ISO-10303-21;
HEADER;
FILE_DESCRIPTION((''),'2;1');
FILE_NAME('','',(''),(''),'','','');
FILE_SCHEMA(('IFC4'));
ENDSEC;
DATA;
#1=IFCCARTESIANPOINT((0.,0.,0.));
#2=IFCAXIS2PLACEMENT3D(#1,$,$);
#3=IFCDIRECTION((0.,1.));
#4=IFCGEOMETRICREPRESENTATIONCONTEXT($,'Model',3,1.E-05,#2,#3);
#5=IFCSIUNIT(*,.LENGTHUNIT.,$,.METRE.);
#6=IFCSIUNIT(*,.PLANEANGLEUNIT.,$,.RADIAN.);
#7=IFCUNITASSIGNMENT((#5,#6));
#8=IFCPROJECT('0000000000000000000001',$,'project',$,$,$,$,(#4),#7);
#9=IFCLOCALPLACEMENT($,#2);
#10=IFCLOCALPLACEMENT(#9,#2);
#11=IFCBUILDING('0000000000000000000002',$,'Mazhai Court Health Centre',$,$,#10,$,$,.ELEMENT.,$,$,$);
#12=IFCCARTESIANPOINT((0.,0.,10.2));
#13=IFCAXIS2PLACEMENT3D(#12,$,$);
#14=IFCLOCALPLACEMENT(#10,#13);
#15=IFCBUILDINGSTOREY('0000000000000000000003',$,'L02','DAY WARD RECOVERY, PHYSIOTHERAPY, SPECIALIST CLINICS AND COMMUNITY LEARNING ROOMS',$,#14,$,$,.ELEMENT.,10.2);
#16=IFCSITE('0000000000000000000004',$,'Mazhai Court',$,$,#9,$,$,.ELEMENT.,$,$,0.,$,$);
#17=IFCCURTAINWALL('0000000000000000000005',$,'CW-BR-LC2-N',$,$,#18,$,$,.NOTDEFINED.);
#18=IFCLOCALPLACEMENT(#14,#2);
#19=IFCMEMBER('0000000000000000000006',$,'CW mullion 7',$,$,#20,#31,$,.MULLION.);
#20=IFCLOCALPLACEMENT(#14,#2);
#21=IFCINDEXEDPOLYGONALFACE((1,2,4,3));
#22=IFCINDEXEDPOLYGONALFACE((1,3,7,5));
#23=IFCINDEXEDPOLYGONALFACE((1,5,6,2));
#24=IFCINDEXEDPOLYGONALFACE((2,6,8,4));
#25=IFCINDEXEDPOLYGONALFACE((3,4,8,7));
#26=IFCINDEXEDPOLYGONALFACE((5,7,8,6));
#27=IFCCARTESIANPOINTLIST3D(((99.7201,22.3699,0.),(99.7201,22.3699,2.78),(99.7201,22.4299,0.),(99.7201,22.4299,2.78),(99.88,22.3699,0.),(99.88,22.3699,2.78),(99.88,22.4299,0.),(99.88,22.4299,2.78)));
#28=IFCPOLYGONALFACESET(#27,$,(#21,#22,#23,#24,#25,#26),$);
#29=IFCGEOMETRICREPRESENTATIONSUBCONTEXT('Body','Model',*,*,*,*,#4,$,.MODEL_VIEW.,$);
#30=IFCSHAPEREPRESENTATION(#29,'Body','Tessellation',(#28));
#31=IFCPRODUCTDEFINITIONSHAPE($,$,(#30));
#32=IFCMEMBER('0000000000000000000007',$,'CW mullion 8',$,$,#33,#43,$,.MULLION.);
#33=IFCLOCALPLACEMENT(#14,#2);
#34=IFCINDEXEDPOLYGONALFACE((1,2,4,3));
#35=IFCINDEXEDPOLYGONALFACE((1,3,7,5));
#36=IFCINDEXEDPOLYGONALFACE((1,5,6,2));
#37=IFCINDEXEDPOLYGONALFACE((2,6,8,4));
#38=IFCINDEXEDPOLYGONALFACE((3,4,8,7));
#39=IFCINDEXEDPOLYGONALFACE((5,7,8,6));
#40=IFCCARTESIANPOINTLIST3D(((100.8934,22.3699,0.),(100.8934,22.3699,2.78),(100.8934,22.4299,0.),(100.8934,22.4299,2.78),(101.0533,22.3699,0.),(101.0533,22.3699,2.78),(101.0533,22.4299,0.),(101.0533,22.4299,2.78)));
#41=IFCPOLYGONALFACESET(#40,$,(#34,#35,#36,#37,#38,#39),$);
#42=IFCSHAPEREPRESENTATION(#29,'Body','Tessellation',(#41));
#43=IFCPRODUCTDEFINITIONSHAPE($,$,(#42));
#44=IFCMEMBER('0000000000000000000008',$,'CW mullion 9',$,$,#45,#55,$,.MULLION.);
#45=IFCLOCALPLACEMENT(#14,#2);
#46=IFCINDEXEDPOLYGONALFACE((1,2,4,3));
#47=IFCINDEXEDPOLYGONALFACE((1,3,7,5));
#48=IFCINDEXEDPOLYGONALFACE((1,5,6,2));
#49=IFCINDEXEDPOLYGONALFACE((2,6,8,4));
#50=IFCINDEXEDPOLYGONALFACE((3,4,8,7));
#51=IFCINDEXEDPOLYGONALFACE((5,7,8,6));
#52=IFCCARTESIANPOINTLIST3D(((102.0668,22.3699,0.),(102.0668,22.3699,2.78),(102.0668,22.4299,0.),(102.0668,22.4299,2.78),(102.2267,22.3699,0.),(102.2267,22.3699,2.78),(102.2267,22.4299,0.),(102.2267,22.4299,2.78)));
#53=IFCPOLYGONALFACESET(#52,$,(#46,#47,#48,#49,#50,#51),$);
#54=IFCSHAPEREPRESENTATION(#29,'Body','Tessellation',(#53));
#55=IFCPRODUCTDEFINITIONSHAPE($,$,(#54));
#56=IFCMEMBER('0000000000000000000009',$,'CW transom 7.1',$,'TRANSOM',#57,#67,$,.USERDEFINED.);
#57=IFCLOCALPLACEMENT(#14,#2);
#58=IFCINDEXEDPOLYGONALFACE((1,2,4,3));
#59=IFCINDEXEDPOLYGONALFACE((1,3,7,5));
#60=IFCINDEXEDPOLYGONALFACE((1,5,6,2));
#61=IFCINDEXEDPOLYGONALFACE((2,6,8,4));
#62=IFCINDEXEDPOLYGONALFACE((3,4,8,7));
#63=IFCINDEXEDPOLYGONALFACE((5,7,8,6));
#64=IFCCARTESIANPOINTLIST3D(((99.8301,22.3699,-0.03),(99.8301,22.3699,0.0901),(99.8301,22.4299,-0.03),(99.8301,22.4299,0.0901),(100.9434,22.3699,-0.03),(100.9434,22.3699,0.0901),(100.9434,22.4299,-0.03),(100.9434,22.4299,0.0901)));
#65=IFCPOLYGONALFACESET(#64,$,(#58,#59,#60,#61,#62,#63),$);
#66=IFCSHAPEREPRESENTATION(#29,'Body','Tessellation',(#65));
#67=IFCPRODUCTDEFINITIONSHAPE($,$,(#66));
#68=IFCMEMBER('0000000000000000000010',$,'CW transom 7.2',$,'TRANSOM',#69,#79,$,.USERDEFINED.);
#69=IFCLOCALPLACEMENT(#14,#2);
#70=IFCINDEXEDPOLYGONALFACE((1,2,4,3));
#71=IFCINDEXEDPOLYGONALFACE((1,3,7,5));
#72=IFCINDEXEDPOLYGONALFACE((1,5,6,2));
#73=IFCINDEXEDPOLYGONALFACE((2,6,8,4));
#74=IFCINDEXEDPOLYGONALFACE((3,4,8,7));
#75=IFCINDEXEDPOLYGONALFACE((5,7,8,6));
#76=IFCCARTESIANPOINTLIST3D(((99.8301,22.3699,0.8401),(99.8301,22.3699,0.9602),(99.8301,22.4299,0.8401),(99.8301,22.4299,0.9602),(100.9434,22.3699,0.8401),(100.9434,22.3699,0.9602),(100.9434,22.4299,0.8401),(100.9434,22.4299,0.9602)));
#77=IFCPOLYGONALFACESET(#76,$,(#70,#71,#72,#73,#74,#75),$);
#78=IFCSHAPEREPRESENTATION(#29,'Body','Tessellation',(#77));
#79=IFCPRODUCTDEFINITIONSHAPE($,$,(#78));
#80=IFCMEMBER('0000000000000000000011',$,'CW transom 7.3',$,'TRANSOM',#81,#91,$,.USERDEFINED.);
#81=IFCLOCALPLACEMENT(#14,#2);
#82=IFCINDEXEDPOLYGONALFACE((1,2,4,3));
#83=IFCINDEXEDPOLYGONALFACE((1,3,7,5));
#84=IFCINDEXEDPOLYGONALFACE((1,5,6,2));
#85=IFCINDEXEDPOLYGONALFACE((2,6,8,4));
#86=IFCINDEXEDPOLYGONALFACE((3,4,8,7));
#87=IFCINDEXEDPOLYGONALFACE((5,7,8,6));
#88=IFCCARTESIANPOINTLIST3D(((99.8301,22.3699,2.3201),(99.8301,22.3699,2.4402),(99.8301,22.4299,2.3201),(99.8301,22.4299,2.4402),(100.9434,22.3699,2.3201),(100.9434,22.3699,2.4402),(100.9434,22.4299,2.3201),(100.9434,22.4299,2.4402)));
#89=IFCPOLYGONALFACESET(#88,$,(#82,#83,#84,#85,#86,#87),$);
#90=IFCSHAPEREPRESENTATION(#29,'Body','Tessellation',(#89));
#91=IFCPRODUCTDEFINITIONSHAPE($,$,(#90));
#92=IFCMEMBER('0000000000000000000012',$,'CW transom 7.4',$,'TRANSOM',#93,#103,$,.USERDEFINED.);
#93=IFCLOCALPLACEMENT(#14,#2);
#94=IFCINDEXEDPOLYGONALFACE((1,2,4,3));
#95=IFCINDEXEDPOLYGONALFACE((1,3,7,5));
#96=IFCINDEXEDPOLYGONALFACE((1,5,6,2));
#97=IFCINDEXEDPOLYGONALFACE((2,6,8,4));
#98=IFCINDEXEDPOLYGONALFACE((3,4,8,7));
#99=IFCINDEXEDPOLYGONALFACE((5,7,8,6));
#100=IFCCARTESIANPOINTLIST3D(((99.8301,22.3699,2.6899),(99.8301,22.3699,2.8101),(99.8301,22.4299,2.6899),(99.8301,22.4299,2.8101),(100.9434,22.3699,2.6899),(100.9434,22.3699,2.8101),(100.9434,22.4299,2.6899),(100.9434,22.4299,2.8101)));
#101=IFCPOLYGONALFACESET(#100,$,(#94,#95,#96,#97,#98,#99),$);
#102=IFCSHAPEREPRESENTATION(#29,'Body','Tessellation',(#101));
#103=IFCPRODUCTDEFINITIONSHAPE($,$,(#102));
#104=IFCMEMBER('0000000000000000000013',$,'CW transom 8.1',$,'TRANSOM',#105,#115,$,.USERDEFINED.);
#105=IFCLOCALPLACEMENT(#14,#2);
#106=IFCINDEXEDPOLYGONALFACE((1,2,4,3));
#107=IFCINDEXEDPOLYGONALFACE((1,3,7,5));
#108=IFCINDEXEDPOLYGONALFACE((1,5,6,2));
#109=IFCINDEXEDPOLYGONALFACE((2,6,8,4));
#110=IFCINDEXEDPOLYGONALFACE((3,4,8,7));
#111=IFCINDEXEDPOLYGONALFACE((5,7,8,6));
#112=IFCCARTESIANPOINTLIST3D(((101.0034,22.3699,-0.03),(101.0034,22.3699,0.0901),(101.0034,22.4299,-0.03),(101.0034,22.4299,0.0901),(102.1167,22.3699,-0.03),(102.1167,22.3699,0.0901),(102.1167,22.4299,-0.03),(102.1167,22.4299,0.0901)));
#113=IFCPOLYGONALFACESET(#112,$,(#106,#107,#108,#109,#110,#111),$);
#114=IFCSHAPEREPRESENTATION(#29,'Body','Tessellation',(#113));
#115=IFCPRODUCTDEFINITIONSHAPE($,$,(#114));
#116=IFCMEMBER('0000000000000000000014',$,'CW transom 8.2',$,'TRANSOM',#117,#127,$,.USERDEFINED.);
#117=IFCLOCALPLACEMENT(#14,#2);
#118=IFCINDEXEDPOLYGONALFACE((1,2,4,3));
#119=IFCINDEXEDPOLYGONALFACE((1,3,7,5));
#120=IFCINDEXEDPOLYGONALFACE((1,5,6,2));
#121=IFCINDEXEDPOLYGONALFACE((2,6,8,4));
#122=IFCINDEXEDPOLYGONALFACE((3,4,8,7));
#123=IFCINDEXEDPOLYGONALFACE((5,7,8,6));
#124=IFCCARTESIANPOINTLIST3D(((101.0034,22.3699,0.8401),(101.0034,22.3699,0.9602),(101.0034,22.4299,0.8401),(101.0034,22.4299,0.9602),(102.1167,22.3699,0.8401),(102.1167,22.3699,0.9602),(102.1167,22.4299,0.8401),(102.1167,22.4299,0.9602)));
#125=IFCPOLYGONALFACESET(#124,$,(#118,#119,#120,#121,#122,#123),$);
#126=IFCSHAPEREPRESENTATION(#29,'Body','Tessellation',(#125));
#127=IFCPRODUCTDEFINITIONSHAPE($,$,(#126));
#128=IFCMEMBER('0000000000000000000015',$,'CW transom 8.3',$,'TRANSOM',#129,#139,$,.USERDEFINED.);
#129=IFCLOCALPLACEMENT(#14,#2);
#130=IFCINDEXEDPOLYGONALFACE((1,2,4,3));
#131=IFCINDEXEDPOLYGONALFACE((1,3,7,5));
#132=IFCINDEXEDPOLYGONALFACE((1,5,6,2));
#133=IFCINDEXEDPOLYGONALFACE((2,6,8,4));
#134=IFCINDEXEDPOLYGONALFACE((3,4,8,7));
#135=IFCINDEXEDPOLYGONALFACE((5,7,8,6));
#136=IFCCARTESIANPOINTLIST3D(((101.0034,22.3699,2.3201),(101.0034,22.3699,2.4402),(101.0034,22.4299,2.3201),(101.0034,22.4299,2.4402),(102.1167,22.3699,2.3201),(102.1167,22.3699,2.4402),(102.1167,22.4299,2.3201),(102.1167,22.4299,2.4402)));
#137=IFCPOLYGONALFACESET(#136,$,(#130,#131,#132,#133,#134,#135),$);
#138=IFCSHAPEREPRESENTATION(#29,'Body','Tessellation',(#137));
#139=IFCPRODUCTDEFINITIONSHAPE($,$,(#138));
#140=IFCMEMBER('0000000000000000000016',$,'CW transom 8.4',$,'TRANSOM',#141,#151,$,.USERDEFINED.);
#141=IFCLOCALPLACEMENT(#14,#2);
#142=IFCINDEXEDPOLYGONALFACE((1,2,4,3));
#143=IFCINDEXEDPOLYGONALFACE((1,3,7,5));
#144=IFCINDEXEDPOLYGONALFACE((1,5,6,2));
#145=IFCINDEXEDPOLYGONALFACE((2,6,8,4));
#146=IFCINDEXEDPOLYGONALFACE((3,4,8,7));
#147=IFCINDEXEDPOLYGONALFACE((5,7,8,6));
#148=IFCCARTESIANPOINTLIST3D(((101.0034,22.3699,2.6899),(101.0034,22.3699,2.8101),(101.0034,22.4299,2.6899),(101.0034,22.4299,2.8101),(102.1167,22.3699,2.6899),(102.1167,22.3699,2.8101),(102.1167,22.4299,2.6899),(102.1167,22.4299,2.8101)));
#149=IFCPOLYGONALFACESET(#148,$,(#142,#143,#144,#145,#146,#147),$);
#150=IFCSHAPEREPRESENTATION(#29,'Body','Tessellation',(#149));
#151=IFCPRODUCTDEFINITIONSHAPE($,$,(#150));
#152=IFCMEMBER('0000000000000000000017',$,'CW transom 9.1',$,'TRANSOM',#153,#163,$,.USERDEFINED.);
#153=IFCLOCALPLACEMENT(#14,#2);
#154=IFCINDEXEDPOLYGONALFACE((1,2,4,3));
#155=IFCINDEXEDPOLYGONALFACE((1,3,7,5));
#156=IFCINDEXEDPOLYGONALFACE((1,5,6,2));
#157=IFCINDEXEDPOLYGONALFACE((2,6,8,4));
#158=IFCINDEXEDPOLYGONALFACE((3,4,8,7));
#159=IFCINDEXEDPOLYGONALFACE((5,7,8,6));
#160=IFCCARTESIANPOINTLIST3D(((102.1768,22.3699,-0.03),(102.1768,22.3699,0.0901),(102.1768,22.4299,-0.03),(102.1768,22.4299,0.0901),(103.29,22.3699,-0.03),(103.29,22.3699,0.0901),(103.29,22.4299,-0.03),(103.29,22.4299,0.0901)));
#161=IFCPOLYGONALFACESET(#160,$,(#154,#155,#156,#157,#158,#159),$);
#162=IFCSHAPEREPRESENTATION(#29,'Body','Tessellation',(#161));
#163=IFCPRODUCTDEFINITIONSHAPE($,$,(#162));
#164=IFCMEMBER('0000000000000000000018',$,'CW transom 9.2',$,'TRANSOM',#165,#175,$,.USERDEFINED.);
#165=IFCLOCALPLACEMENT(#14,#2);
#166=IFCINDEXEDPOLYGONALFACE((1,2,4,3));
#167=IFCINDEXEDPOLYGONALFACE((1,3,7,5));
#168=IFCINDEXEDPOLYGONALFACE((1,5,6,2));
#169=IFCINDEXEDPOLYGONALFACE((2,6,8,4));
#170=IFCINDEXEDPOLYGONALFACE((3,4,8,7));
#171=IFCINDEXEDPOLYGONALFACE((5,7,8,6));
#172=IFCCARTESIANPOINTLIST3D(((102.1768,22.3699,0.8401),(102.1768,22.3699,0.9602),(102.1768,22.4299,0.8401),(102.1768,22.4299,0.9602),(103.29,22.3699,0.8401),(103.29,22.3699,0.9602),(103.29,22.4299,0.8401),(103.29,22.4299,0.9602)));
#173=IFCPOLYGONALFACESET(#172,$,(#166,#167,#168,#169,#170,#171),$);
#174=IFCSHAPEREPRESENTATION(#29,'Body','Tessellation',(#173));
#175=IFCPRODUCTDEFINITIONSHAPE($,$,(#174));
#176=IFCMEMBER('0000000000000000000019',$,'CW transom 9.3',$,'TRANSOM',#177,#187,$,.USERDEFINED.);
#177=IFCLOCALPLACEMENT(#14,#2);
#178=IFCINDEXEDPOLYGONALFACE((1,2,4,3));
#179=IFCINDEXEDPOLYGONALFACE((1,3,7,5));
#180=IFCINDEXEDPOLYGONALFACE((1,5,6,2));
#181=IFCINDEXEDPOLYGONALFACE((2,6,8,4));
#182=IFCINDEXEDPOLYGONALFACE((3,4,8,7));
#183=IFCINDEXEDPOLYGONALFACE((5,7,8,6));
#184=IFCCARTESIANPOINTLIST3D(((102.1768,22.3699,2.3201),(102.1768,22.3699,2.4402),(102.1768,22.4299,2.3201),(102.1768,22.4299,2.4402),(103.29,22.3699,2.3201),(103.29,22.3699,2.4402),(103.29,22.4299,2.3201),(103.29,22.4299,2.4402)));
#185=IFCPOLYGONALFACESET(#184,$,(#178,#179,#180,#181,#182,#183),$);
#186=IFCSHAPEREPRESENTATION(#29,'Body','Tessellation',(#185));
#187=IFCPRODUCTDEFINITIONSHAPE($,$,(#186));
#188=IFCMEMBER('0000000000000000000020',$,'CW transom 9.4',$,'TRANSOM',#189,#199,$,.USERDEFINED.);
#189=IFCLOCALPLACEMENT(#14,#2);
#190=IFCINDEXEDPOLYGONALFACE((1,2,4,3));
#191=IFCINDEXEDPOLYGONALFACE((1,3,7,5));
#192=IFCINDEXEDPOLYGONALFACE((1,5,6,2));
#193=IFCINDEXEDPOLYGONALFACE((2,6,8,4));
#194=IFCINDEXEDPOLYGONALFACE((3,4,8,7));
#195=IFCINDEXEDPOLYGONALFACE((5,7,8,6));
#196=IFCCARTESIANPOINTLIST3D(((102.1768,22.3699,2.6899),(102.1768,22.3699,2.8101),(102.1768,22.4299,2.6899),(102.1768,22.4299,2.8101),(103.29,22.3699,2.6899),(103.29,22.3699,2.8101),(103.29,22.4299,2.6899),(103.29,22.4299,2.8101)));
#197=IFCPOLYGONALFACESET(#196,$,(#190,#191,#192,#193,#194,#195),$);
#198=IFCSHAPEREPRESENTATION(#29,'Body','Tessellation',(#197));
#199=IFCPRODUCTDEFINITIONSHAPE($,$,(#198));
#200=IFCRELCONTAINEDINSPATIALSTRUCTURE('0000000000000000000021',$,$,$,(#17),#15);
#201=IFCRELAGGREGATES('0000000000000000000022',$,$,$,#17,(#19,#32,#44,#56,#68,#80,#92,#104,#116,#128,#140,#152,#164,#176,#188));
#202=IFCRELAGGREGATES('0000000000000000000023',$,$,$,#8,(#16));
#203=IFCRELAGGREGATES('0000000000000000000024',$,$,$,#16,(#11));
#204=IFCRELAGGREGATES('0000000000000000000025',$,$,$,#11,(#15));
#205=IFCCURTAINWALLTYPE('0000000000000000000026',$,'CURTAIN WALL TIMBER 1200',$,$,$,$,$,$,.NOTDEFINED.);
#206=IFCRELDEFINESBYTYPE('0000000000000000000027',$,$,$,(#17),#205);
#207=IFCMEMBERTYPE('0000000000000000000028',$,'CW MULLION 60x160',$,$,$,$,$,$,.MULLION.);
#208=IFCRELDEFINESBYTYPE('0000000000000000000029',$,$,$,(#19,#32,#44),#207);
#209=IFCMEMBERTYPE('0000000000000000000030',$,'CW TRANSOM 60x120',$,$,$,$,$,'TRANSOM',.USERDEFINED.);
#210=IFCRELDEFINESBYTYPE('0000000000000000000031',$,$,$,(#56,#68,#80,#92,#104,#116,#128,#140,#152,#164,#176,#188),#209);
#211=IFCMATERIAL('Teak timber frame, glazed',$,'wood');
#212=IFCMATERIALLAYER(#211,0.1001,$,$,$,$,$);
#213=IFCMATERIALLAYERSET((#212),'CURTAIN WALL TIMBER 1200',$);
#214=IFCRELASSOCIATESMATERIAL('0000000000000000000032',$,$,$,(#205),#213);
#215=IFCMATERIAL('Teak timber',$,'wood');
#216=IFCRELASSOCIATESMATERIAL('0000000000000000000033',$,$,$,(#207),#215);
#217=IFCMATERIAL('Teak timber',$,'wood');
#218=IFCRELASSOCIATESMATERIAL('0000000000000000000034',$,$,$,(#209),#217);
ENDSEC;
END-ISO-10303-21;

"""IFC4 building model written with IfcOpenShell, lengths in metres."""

from ifc_helpers import new_model, si_unit, direction, frame, origin, origin_2d, place, context, subcontext, project, spatial, rectangle, extrude, material, layer, layer_set, material_profile, profile_set, type_object, element, aggregate, save


model = new_model("IFC4")

# Units and contexts
model_context = context("Model", 3, precision=1e-05, world=origin(), true_north=direction((0.0, 1.0)))
body_context = subcontext(model_context, "Body", "Model", "MODEL_VIEW")
ifc_project = project(units=[si_unit("LENGTHUNIT", "METRE"), si_unit("PLANEANGLEUNIT", "RADIAN")], contexts=[model_context])

# Site, building, storey
site_placement = place(None, origin())
site = spatial("IfcSite", under=ifc_project, at=site_placement, Name="Mazhai Court", CompositionType="ELEMENT", RefElevation=0.0)
building_placement = place(site_placement, origin())
building = spatial("IfcBuilding", under=site, at=building_placement, Name="Mazhai Court Health Centre", CompositionType="ELEMENT")
storey_placement = place(building_placement, frame((0.0, 0.0, 10.2)))
storey = spatial("IfcBuildingStorey", under=building, at=storey_placement, Name="L02", Description="DAY WARD RECOVERY, PHYSIOTHERAPY, SPECIALIST CLINICS AND COMMUNITY LEARNING ROOMS", CompositionType="ELEMENT", Elevation=10.2)

# Curtain wall, members
ifc_material_1 = material(Name="Teak timber frame, glazed", Category="wood")
ifc_layer_1 = layer(ifc_material_1, 0.1001)
ifc_layer_set_1 = layer_set([ifc_layer_1], Name="CURTAIN WALL TIMBER 1200")
curtain_wall_type = type_object("IfcCurtainWallType", Name="CURTAIN WALL TIMBER 1200", PredefinedType="NOTDEFINED", material=ifc_layer_set_1)
curtain_wall_placement = place(storey_placement, origin())
curtain_wall = element("IfcCurtainWall", 1, at=curtain_wall_placement, inside=storey, type_object=curtain_wall_type, Name="CW-BR-LC2-N", PredefinedType="NOTDEFINED")
ifc_material_2 = material(Name="Teak timber", Category="wood")
ifc_material_profile_1 = material_profile(ifc_material_2, rectangle(XDim=0.0601, YDim=0.1599, at=origin_2d()), Name="CW MULLION 60x160")
ifc_profile_set_1 = profile_set([ifc_material_profile_1], Name="Teak timber")
member_type_1 = type_object("IfcMemberType", Name="CW MULLION 60x160", PredefinedType="MULLION", material=ifc_profile_set_1)
member_1_placement = place(storey_placement, frame((99.8, 22.3999, 0.0), z_axis=(0.0, 0.0, 1.0), x_axis=(0.0, 1.0, 0.0)))
member_1 = element("IfcMember", 2, at=member_1_placement, type_object=member_type_1, Name="CW mullion 7", PredefinedType="MULLION", context=body_context, shape_type="SweptSolid", body=[
    extrude(rectangle(XDim=0.0601, YDim=0.1599, at=origin_2d()), origin(), (0.0, 0.0, 1.0), 2.78),
])
member_2_placement = place(storey_placement, frame((100.9734, 22.3999, 0.0), z_axis=(0.0, 0.0, 1.0), x_axis=(0.0, 1.0, 0.0)))
member_2 = element("IfcMember", 3, at=member_2_placement, type_object=member_type_1, Name="CW mullion 8", PredefinedType="MULLION", context=body_context, shape_type="SweptSolid", body=[
    extrude(rectangle(XDim=0.0601, YDim=0.1599, at=origin_2d()), origin(), (0.0, 0.0, 1.0), 2.78),
])
member_3_placement = place(storey_placement, frame((102.1467, 22.3999, 0.0), z_axis=(0.0, 0.0, 1.0), x_axis=(0.0, 1.0, 0.0)))
member_3 = element("IfcMember", 4, at=member_3_placement, type_object=member_type_1, Name="CW mullion 9", PredefinedType="MULLION", context=body_context, shape_type="SweptSolid", body=[
    extrude(rectangle(XDim=0.0601, YDim=0.1599, at=origin_2d()), origin(), (0.0, 0.0, 1.0), 2.78),
])
ifc_material_3 = material(Name="Teak timber", Category="wood")
ifc_material_profile_2 = material_profile(ifc_material_3, rectangle(XDim=0.0601, YDim=0.1201, at=origin_2d()), Name="CW TRANSOM 60x120")
ifc_profile_set_2 = profile_set([ifc_material_profile_2], Name="Teak timber")
member_type_2 = type_object("IfcMemberType", Name="CW TRANSOM 60x120", ElementType="TRANSOM", PredefinedType="USERDEFINED", material=ifc_profile_set_2)
member_4_placement = place(storey_placement, frame((99.8301, 22.3999, 0.03), z_axis=(1.0, 0.0, 0.0), x_axis=(0.0, 1.0, 0.0)))
member_4 = element("IfcMember", 5, at=member_4_placement, type_object=member_type_2, Name="CW transom 7.1", ObjectType="TRANSOM", PredefinedType="USERDEFINED", context=body_context, shape_type="SweptSolid", body=[
    extrude(rectangle(XDim=0.0601, YDim=0.1201, at=origin_2d()), origin(), (0.0, 0.0, 1.0), 1.1133),
])
member_5_placement = place(storey_placement, frame((99.8301, 22.3999, 0.9001), z_axis=(1.0, 0.0, 0.0), x_axis=(0.0, 1.0, 0.0)))
member_5 = element("IfcMember", 6, at=member_5_placement, type_object=member_type_2, Name="CW transom 7.2", ObjectType="TRANSOM", PredefinedType="USERDEFINED", context=body_context, shape_type="SweptSolid", body=[
    extrude(rectangle(XDim=0.0601, YDim=0.1201, at=origin_2d()), origin(), (0.0, 0.0, 1.0), 1.1133),
])
member_6_placement = place(storey_placement, frame((99.8301, 22.3999, 2.3801), z_axis=(1.0, 0.0, 0.0), x_axis=(0.0, 1.0, 0.0)))
member_6 = element("IfcMember", 7, at=member_6_placement, type_object=member_type_2, Name="CW transom 7.3", ObjectType="TRANSOM", PredefinedType="USERDEFINED", context=body_context, shape_type="SweptSolid", body=[
    extrude(rectangle(XDim=0.0601, YDim=0.1201, at=origin_2d()), origin(), (0.0, 0.0, 1.0), 1.1133),
])
member_7_placement = place(storey_placement, frame((99.8301, 22.3999, 2.75), z_axis=(1.0, 0.0, 0.0), x_axis=(0.0, 1.0, 0.0)))
member_7 = element("IfcMember", 8, at=member_7_placement, type_object=member_type_2, Name="CW transom 7.4", ObjectType="TRANSOM", PredefinedType="USERDEFINED", context=body_context, shape_type="SweptSolid", body=[
    extrude(rectangle(XDim=0.0601, YDim=0.1201, at=origin_2d()), origin(), (0.0, 0.0, 1.0), 1.1133),
])
member_8_placement = place(storey_placement, frame((101.0034, 22.3999, 0.03), z_axis=(1.0, 0.0, 0.0), x_axis=(0.0, 1.0, 0.0)))
member_8 = element("IfcMember", 9, at=member_8_placement, type_object=member_type_2, Name="CW transom 8.1", ObjectType="TRANSOM", PredefinedType="USERDEFINED", context=body_context, shape_type="SweptSolid", body=[
    extrude(rectangle(XDim=0.0601, YDim=0.1201, at=origin_2d()), origin(), (0.0, 0.0, 1.0), 1.1133),
])
member_9_placement = place(storey_placement, frame((101.0034, 22.3999, 0.9001), z_axis=(1.0, 0.0, 0.0), x_axis=(0.0, 1.0, 0.0)))
member_9 = element("IfcMember", 10, at=member_9_placement, type_object=member_type_2, Name="CW transom 8.2", ObjectType="TRANSOM", PredefinedType="USERDEFINED", context=body_context, shape_type="SweptSolid", body=[
    extrude(rectangle(XDim=0.0601, YDim=0.1201, at=origin_2d()), origin(), (0.0, 0.0, 1.0), 1.1133),
])
member_10_placement = place(storey_placement, frame((101.0034, 22.3999, 2.3801), z_axis=(1.0, 0.0, 0.0), x_axis=(0.0, 1.0, 0.0)))
member_10 = element("IfcMember", 11, at=member_10_placement, type_object=member_type_2, Name="CW transom 8.3", ObjectType="TRANSOM", PredefinedType="USERDEFINED", context=body_context, shape_type="SweptSolid", body=[
    extrude(rectangle(XDim=0.0601, YDim=0.1201, at=origin_2d()), origin(), (0.0, 0.0, 1.0), 1.1133),
])
member_11_placement = place(storey_placement, frame((101.0034, 22.3999, 2.75), z_axis=(1.0, 0.0, 0.0), x_axis=(0.0, 1.0, 0.0)))
member_11 = element("IfcMember", 12, at=member_11_placement, type_object=member_type_2, Name="CW transom 8.4", ObjectType="TRANSOM", PredefinedType="USERDEFINED", context=body_context, shape_type="SweptSolid", body=[
    extrude(rectangle(XDim=0.0601, YDim=0.1201, at=origin_2d()), origin(), (0.0, 0.0, 1.0), 1.1133),
])
member_12_placement = place(storey_placement, frame((102.1768, 22.3999, 0.03), z_axis=(1.0, 0.0, 0.0), x_axis=(0.0, 1.0, 0.0)))
member_12 = element("IfcMember", 13, at=member_12_placement, type_object=member_type_2, Name="CW transom 9.1", ObjectType="TRANSOM", PredefinedType="USERDEFINED", context=body_context, shape_type="SweptSolid", body=[
    extrude(rectangle(XDim=0.0601, YDim=0.1201, at=origin_2d()), origin(), (0.0, 0.0, 1.0), 1.1133),
])
member_13_placement = place(storey_placement, frame((102.1768, 22.3999, 0.9001), z_axis=(1.0, 0.0, 0.0), x_axis=(0.0, 1.0, 0.0)))
member_13 = element("IfcMember", 14, at=member_13_placement, type_object=member_type_2, Name="CW transom 9.2", ObjectType="TRANSOM", PredefinedType="USERDEFINED", context=body_context, shape_type="SweptSolid", body=[
    extrude(rectangle(XDim=0.0601, YDim=0.1201, at=origin_2d()), origin(), (0.0, 0.0, 1.0), 1.1133),
])
member_14_placement = place(storey_placement, frame((102.1768, 22.3999, 2.3801), z_axis=(1.0, 0.0, 0.0), x_axis=(0.0, 1.0, 0.0)))
member_14 = element("IfcMember", 15, at=member_14_placement, type_object=member_type_2, Name="CW transom 9.3", ObjectType="TRANSOM", PredefinedType="USERDEFINED", context=body_context, shape_type="SweptSolid", body=[
    extrude(rectangle(XDim=0.0601, YDim=0.1201, at=origin_2d()), origin(), (0.0, 0.0, 1.0), 1.1133),
])
member_15_placement = place(storey_placement, frame((102.1768, 22.3999, 2.75), z_axis=(1.0, 0.0, 0.0), x_axis=(0.0, 1.0, 0.0)))
member_15 = element("IfcMember", 16, at=member_15_placement, type_object=member_type_2, Name="CW transom 9.4", ObjectType="TRANSOM", PredefinedType="USERDEFINED", context=body_context, shape_type="SweptSolid", body=[
    extrude(rectangle(XDim=0.0601, YDim=0.1201, at=origin_2d()), origin(), (0.0, 0.0, 1.0), 1.1133),
])
aggregate(curtain_wall, [member_1, member_2, member_3, member_4, member_5, member_6, member_7, member_8, member_9, member_10, member_11, member_12, member_13, member_14, member_15])

save(model, "model.ifc")
